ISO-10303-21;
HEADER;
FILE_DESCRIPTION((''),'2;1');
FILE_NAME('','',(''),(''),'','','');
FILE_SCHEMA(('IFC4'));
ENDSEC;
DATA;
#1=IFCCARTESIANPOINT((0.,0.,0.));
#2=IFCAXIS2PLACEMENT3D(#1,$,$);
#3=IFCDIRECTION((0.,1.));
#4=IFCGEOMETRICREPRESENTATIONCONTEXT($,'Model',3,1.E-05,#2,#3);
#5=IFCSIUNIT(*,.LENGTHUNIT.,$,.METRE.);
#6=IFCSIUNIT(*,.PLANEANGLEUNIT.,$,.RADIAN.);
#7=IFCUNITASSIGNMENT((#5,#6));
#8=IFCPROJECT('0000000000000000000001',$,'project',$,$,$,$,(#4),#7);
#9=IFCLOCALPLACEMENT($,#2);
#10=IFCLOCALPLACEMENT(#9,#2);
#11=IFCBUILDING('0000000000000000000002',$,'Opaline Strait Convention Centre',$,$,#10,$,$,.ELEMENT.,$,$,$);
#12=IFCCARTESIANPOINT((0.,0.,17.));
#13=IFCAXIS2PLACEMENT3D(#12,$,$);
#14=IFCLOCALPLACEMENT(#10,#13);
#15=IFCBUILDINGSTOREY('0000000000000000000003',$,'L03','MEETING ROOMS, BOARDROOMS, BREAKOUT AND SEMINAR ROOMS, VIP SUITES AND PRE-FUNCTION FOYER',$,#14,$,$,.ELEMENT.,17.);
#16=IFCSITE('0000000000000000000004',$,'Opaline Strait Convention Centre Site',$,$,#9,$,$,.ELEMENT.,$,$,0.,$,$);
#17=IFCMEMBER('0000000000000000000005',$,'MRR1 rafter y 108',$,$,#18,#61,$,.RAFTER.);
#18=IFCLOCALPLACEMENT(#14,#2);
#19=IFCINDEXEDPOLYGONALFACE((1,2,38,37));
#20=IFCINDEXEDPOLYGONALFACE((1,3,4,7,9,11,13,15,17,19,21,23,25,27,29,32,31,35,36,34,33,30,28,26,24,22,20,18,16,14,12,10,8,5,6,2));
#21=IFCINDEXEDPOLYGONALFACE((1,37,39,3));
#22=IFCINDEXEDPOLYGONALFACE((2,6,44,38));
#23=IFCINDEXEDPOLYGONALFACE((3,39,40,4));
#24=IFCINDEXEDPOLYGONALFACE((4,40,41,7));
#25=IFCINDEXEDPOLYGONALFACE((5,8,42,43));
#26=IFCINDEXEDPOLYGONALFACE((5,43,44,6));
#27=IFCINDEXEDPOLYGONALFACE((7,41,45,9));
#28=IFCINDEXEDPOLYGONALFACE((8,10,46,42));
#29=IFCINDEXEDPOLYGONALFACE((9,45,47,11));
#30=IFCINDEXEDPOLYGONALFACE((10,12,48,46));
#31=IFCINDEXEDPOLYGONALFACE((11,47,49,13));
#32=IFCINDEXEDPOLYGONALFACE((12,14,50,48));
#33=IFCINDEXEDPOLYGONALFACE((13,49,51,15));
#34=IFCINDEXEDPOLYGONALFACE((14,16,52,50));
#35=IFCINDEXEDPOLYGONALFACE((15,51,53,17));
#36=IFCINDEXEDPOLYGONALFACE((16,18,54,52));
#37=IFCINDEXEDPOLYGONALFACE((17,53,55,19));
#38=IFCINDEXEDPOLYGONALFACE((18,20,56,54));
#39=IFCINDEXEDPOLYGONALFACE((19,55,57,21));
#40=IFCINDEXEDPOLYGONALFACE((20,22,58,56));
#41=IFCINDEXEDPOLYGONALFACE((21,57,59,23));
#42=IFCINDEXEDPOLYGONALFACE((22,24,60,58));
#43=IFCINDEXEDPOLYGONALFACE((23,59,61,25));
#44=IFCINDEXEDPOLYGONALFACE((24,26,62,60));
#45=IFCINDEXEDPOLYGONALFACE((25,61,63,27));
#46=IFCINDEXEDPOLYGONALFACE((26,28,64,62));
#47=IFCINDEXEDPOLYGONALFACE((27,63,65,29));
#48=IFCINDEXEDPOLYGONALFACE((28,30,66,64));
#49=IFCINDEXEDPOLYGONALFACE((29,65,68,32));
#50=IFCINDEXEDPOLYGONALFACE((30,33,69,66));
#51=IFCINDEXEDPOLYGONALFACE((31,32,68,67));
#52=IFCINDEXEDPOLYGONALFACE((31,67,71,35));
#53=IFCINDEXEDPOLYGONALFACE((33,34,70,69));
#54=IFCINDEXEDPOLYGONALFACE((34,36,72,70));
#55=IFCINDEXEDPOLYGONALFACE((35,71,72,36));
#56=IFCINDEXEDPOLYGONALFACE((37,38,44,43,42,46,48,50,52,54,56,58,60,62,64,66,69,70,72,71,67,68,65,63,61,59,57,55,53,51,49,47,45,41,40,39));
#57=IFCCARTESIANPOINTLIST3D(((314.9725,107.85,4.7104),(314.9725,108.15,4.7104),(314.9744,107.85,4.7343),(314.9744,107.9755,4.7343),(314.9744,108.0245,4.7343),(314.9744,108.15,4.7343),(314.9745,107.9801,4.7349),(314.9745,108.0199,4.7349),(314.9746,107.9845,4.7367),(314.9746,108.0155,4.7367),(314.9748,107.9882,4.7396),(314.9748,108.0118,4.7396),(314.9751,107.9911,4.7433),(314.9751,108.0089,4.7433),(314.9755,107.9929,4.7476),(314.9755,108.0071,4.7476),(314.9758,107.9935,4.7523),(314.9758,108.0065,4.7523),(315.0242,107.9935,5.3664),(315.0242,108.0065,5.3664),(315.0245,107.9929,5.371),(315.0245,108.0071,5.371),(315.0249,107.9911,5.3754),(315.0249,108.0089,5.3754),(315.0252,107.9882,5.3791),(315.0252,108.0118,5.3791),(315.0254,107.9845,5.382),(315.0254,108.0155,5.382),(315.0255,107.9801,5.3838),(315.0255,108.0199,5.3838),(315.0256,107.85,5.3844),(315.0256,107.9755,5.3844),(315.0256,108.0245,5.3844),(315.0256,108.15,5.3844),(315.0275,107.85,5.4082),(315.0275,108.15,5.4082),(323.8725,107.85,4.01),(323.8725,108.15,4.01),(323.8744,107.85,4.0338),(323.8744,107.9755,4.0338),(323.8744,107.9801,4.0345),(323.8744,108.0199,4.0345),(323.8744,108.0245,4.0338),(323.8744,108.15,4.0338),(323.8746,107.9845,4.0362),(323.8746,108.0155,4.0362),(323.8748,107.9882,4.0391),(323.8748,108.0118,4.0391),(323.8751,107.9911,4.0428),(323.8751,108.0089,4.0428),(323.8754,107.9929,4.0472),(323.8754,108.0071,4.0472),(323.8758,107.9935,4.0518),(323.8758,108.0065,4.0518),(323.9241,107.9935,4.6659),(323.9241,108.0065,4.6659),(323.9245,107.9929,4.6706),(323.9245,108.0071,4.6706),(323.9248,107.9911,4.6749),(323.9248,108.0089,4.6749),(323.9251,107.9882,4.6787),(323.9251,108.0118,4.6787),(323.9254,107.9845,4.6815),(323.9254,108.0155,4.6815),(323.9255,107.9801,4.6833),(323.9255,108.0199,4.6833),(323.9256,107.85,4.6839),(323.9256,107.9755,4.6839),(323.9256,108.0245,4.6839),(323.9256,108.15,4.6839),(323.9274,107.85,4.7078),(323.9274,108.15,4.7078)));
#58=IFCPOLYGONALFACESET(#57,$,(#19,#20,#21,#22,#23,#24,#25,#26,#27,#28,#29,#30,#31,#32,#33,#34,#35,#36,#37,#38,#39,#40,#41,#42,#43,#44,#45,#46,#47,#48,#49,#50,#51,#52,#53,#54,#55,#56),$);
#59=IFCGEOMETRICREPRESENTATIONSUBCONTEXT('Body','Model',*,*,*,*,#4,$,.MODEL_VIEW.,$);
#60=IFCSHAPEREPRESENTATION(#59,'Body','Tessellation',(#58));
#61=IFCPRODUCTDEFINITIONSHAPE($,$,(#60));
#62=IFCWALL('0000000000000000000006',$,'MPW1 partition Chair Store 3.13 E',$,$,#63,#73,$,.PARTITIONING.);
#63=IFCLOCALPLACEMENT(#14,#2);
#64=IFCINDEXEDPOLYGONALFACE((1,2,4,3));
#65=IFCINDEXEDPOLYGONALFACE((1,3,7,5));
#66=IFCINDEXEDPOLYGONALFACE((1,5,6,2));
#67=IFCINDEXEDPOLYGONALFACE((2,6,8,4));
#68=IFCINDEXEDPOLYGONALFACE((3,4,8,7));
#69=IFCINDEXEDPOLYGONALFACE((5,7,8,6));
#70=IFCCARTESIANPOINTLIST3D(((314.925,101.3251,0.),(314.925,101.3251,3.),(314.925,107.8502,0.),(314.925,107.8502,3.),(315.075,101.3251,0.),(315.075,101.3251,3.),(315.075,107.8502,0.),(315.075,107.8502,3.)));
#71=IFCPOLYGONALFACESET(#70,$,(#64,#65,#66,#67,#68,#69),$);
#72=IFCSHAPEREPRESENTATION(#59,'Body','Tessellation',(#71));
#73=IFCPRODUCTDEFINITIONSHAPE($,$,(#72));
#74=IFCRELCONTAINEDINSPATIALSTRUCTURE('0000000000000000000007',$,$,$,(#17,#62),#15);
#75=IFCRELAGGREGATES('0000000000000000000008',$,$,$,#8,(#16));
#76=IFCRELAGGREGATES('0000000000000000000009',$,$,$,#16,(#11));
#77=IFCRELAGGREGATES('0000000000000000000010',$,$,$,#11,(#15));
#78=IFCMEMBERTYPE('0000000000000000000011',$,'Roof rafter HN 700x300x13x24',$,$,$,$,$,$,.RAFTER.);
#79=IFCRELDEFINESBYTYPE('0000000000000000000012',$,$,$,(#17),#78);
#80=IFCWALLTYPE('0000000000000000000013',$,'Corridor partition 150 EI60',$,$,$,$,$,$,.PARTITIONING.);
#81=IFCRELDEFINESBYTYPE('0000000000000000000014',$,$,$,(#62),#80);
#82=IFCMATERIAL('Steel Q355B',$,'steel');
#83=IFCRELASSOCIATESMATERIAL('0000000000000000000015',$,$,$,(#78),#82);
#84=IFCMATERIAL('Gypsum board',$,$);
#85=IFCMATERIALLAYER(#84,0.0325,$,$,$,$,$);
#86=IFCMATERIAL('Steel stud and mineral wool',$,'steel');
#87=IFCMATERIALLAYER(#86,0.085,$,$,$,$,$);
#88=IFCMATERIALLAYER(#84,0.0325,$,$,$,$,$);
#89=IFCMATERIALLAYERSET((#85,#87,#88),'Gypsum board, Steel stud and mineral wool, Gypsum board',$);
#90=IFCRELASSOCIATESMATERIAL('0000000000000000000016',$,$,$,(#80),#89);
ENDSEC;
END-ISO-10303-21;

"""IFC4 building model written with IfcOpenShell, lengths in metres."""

from ifc_helpers import new_model, si_unit, direction, frame, frame_2d, origin, origin_2d, place, context, subcontext, project, spatial, rectangle, i_section, extrude, material, layer, layer_set, material_profile, profile_set, type_object, element, save


model = new_model("IFC4")

# Units and contexts
model_context = context("Model", 3, precision=1e-05, world=origin(), true_north=direction((0.0, 1.0)))
body_context = subcontext(model_context, "Body", "Model", "MODEL_VIEW")
ifc_project = project(units=[si_unit("LENGTHUNIT", "METRE"), si_unit("PLANEANGLEUNIT", "RADIAN")], contexts=[model_context])

# Site, building, storey
site_placement = place(None, origin())
site = spatial("IfcSite", under=ifc_project, at=site_placement, Name="Opaline Strait Convention Centre Site", CompositionType="ELEMENT", RefElevation=0.0)
building_placement = place(site_placement, origin())
building = spatial("IfcBuilding", under=site, at=building_placement, Name="Opaline Strait Convention Centre", CompositionType="ELEMENT")
storey_placement = place(building_placement, frame((0.0, 0.0, 17.0)))
storey = spatial("IfcBuildingStorey", under=building, at=storey_placement, Name="L03", Description="MEETING ROOMS, BOARDROOMS, BREAKOUT AND SEMINAR ROOMS, VIP SUITES AND PRE-FUNCTION FOYER", CompositionType="ELEMENT", Elevation=17.0)

# Shared definitions
ifc_material_1 = material(Name="Steel Q355B", Category="steel")

# Member
ifc_material_profile_1 = material_profile(ifc_material_1, i_section(OverallWidth=0.3, OverallDepth=0.7, WebThickness=0.0129, FlangeThickness=0.0239, FilletRadius=0.0181, at=origin_2d()), Name="HN 700x300x13x24")
ifc_profile_set_1 = profile_set([ifc_material_profile_1], Name="Steel Q355B")
member_type_1 = type_object("IfcMemberType", Name="Roof rafter HN 700x300x13x24", PredefinedType="RAFTER", material=ifc_profile_set_1)
member_placement = place(storey_placement, frame((315.0, 108.0, 5.0593), z_axis=(0.996917, 0.0, -0.078459), x_axis=(0.0, 1.0, 0.0)))
element("IfcMember", 1, at=member_placement, inside=storey, type_object=member_type_1, Name="MRR1 rafter y 108", PredefinedType="RAFTER", context=body_context, shape_type="SweptSolid", body=[
    extrude(i_section(OverallWidth=0.3, OverallDepth=0.7, WebThickness=0.0129, FlangeThickness=0.0239, FilletRadius=0.0181, at=origin_2d()), origin(), (0.0, 0.0, 1.0), 8.9275),
])

# Wall
ifc_material_2 = material(Name="Gypsum board")
ifc_layer_1 = layer(ifc_material_2, 0.0325)
ifc_material_3 = material(Name="Steel stud and mineral wool", Category="steel")
ifc_layer_2 = layer(ifc_material_3, 0.085)
ifc_layer_3 = layer(ifc_material_2, 0.0325)
ifc_layer_set = layer_set([ifc_layer_1, ifc_layer_2, ifc_layer_3], Name="Gypsum board, Steel stud and mineral wool, Gypsum board")
wall_type = type_object("IfcWallType", Name="Corridor partition 150 EI60", PredefinedType="PARTITIONING", material=ifc_layer_set)
wall_placement = place(storey_placement, frame((315.0, 101.325, 0.0), z_axis=(0.0, 0.0, 1.0), x_axis=(0.0, 1.0, 0.0)))
element("IfcWall", 2, at=wall_placement, inside=storey, type_object=wall_type, Name="MPW1 partition Chair Store 3.13 E", PredefinedType="PARTITIONING", context=body_context, shape_type="SweptSolid", body=[
    extrude(rectangle(XDim=6.5251, YDim=0.1499, at=frame_2d((3.2627, 0.0))), origin(), (0.0, 0.0, 1.0), 3.0),
])

save(model, "model.ifc")
